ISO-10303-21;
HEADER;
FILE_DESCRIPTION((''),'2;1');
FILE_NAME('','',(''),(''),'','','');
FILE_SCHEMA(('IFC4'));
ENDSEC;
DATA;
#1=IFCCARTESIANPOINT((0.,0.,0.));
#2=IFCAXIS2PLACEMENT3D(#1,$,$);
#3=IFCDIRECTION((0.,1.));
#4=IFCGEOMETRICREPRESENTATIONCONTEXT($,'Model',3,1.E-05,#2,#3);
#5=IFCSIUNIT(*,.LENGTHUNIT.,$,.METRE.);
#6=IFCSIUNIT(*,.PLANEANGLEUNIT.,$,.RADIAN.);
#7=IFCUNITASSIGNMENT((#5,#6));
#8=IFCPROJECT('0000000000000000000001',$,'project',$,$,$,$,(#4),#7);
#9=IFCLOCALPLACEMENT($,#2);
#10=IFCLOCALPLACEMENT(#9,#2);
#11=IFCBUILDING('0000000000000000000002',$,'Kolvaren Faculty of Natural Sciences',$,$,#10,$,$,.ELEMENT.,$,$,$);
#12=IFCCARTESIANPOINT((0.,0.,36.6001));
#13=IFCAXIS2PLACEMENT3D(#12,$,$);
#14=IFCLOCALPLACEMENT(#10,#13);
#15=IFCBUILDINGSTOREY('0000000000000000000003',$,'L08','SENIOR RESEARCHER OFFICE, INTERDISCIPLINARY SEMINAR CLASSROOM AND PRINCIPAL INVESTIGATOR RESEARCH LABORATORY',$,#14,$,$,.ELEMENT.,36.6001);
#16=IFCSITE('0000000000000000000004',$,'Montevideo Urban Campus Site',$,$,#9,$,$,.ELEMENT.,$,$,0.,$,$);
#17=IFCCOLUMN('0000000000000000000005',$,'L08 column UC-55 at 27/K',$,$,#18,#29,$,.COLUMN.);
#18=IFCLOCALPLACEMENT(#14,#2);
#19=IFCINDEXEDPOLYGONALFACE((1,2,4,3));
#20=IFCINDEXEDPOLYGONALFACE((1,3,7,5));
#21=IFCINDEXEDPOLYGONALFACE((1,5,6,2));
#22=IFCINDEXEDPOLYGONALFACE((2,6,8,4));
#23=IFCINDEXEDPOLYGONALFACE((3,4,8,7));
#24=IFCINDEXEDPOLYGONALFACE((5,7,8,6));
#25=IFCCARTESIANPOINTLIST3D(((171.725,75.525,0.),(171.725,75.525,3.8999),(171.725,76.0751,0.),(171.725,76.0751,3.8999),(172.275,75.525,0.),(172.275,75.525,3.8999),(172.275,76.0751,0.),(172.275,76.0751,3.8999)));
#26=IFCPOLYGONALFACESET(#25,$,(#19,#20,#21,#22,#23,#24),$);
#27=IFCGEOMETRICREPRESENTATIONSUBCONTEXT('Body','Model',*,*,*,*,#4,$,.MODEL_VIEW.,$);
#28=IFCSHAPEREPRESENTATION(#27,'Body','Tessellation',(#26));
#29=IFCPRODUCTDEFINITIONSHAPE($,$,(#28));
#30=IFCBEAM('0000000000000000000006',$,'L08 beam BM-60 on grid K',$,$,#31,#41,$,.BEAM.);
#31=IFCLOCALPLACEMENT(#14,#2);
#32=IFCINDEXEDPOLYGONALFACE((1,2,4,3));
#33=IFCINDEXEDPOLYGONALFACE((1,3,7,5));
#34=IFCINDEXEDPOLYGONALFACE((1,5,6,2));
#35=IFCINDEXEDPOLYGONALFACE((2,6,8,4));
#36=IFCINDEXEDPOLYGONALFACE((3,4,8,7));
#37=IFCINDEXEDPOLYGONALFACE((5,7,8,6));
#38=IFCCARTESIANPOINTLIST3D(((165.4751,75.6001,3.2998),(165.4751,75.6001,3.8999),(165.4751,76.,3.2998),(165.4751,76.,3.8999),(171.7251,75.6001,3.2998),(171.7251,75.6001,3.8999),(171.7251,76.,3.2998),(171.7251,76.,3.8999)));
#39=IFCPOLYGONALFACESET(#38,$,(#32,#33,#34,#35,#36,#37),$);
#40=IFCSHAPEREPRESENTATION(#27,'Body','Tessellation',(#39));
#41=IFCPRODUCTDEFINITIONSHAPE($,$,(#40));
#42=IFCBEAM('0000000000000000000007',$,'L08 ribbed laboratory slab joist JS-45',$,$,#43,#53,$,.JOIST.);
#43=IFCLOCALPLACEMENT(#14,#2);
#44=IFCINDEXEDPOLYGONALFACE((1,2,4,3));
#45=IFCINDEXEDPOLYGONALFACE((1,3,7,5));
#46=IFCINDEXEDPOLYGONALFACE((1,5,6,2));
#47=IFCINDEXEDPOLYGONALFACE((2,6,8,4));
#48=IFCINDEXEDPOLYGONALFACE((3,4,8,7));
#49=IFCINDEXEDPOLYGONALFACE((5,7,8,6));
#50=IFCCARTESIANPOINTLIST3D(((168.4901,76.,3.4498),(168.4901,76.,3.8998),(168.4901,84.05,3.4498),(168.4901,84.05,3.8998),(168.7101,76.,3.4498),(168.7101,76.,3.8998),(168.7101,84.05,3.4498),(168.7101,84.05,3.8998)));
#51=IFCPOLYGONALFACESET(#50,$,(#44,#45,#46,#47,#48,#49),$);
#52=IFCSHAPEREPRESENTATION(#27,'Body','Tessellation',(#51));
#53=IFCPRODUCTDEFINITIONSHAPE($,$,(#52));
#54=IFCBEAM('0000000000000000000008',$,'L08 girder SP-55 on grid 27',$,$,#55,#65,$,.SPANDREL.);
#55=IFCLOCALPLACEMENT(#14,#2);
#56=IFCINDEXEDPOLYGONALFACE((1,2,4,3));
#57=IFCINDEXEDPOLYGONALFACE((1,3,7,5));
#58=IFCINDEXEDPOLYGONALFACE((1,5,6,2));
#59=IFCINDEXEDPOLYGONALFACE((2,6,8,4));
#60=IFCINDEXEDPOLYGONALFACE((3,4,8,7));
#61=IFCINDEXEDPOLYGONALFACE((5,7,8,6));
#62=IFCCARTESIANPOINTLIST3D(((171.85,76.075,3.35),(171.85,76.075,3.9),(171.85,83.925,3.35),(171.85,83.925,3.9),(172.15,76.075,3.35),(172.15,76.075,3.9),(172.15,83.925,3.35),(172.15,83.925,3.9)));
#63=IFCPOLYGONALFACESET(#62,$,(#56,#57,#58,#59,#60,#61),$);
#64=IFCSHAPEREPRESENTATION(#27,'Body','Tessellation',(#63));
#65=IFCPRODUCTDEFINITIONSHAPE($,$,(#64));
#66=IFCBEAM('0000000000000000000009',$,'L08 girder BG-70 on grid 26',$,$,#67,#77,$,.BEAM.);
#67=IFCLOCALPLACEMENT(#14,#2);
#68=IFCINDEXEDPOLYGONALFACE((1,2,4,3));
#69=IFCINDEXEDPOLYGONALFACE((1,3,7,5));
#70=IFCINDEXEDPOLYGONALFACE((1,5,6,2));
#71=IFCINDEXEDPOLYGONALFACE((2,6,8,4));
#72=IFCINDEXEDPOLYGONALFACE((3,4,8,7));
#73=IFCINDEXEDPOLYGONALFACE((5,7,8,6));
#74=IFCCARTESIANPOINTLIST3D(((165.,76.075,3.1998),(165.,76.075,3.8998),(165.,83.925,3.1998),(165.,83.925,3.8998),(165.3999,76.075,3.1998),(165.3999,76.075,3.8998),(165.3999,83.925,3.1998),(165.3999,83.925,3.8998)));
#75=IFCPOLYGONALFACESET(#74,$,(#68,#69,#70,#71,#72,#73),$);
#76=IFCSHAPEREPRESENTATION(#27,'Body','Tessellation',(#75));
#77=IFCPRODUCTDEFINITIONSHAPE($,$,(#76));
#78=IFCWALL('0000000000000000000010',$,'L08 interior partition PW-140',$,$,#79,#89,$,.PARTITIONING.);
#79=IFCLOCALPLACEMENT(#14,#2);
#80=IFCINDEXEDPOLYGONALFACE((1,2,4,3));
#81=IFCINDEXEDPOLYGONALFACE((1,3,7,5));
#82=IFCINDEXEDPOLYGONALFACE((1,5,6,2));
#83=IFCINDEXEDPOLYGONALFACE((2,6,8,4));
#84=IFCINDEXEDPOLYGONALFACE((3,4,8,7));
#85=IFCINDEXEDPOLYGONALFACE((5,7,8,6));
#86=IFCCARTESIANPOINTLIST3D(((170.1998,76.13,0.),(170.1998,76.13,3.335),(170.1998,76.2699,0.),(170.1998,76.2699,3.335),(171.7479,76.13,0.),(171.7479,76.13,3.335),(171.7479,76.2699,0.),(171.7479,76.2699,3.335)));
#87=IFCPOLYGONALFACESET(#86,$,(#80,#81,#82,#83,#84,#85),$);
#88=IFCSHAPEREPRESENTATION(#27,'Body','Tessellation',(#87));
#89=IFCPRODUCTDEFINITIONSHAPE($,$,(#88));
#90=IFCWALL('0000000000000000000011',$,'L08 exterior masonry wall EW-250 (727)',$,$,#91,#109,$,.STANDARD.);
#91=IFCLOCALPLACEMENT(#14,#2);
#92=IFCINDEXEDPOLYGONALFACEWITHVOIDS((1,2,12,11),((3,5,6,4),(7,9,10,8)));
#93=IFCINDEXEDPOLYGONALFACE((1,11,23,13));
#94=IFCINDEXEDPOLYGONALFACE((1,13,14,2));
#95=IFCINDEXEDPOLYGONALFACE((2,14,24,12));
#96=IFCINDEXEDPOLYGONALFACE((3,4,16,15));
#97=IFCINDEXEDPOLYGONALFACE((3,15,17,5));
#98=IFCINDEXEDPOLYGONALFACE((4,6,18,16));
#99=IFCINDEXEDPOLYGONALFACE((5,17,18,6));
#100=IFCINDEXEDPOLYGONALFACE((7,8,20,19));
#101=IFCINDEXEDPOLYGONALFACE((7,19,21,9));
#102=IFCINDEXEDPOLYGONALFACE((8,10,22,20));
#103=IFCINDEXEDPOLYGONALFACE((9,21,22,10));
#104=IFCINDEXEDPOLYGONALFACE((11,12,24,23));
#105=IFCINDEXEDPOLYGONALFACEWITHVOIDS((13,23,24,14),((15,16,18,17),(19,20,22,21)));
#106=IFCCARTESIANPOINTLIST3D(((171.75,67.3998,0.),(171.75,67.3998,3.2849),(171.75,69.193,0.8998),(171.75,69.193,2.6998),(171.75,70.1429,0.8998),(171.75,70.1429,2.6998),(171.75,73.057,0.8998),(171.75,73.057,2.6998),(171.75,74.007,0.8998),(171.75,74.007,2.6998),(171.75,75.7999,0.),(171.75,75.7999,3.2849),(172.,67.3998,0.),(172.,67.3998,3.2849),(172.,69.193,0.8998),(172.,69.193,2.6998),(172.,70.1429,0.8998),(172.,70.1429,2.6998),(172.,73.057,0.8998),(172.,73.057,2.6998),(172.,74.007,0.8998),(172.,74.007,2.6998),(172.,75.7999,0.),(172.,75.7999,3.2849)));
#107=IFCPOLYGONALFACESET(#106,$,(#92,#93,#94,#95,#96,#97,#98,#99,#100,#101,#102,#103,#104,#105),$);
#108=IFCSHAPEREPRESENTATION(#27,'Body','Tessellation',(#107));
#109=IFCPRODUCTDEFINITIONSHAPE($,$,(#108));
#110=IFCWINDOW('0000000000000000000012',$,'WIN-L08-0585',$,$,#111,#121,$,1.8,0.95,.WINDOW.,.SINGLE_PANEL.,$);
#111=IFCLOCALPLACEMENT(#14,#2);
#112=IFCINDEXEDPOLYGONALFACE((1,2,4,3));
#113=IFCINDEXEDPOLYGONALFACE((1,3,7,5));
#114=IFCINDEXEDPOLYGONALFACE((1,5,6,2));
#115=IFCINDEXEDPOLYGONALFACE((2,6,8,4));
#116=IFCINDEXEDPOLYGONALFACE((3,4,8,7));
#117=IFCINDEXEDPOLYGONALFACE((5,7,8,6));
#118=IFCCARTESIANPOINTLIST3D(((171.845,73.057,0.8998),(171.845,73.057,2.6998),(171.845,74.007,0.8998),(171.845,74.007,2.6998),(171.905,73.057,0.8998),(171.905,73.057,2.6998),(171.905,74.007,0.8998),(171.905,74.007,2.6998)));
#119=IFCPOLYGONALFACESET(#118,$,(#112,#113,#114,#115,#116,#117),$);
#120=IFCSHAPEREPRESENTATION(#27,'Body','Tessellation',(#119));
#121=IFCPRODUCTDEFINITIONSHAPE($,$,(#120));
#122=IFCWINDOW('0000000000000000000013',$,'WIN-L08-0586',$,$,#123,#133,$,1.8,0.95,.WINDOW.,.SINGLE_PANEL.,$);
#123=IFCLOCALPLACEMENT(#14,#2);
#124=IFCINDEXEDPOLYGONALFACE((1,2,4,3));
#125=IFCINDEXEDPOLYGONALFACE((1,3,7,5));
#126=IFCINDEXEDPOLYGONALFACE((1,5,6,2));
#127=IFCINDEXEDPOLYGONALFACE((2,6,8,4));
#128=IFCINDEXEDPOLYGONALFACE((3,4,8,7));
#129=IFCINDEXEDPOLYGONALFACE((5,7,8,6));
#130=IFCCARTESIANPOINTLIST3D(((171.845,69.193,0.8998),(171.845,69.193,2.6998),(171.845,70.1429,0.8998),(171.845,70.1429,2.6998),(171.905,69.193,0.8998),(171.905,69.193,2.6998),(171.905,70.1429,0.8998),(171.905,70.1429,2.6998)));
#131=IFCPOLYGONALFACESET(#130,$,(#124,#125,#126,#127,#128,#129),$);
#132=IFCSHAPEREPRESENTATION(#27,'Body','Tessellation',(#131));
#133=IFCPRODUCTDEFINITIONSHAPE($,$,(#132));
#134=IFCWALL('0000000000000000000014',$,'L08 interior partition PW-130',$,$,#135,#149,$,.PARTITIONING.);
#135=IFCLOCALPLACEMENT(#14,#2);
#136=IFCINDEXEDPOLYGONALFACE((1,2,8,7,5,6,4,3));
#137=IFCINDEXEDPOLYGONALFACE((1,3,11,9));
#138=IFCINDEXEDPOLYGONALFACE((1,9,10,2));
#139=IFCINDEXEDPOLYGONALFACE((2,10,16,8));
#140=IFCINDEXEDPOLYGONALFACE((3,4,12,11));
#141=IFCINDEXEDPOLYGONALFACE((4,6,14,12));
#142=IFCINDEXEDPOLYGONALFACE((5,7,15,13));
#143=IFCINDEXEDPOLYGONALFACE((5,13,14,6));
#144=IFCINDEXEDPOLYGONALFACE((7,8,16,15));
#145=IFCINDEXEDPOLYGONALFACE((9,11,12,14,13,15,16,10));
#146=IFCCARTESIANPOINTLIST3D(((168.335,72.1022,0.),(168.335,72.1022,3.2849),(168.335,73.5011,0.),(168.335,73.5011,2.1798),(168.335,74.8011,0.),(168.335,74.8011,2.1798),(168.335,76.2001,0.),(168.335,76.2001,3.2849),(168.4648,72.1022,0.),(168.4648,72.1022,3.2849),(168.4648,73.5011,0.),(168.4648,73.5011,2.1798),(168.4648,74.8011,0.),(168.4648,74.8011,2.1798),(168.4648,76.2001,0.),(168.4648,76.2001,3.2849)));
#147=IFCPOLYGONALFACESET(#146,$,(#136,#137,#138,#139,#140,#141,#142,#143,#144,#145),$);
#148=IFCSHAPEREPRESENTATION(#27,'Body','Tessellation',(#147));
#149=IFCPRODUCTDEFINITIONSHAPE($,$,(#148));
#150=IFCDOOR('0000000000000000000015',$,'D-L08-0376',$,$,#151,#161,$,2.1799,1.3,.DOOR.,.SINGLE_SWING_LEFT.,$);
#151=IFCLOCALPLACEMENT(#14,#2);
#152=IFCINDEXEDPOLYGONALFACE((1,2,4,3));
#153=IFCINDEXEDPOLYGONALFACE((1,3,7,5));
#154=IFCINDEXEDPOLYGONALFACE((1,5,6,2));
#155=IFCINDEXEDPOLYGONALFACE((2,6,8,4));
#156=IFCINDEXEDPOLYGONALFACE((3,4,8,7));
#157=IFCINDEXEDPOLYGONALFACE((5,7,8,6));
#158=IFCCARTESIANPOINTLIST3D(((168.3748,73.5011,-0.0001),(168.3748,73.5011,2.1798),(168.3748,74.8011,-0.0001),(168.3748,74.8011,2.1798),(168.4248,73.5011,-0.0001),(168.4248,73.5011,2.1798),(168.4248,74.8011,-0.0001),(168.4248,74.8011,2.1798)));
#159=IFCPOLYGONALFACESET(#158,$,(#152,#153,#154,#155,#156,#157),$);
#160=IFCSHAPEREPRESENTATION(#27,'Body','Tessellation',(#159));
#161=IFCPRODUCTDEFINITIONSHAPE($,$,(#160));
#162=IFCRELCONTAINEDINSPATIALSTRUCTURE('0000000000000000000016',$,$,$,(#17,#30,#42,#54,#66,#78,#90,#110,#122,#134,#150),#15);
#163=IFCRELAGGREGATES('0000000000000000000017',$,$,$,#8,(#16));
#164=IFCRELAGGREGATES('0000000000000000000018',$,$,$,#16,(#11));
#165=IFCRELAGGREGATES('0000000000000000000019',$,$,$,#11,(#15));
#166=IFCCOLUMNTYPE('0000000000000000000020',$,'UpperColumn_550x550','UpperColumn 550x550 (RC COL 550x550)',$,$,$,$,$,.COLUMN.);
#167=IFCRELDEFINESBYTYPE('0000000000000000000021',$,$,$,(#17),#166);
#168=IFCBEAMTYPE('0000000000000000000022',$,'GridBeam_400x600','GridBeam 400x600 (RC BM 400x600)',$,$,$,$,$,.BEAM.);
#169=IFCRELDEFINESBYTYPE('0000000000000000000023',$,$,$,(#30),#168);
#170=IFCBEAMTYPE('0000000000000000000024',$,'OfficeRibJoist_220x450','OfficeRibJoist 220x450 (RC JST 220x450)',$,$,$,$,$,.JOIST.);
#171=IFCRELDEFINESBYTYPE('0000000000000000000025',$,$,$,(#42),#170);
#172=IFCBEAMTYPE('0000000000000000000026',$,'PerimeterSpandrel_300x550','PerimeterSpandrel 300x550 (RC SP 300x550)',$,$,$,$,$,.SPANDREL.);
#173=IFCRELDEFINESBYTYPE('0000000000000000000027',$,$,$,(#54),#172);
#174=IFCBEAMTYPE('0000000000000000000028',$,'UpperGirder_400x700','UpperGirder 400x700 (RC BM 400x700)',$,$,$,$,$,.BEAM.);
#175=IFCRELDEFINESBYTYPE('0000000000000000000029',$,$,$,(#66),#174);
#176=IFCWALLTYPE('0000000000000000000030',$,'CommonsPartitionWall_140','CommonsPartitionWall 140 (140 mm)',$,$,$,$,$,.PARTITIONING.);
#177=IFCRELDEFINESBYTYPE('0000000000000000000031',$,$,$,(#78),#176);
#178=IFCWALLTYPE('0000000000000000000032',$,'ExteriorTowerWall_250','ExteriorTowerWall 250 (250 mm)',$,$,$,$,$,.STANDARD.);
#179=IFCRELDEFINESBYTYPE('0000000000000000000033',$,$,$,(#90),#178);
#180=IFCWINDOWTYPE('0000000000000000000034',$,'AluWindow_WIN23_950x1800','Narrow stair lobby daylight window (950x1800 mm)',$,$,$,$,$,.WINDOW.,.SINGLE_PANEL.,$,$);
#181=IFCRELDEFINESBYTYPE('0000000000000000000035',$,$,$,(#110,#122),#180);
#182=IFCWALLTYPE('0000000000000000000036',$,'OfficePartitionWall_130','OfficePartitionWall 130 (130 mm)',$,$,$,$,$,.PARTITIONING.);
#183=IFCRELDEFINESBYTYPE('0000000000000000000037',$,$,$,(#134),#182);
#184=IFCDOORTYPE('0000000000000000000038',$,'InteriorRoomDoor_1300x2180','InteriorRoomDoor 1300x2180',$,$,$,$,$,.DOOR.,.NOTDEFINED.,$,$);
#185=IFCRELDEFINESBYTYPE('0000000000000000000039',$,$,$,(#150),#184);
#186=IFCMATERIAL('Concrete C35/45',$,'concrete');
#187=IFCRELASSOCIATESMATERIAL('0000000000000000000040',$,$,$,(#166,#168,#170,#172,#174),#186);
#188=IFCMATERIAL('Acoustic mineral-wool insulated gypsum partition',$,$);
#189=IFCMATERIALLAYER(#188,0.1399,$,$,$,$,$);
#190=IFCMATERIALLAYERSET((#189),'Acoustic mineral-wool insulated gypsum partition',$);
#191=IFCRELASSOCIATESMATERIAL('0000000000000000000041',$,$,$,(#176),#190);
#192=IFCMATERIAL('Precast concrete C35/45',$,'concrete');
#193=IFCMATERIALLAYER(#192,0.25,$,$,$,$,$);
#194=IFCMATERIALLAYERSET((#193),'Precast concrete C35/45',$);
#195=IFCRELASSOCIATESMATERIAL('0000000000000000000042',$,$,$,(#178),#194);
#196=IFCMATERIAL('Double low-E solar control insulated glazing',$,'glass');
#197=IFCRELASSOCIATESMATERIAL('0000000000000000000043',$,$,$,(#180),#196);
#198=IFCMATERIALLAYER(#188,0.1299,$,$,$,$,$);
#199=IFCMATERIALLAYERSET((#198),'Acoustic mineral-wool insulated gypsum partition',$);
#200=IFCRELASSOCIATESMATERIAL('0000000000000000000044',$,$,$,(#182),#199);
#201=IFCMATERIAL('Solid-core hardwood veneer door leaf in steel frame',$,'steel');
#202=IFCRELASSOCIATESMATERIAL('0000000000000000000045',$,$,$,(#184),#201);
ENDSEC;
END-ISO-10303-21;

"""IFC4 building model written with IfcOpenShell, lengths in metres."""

from ifc_helpers import new_model, si_unit, direction, frame, frame_2d, origin, origin_2d, place, context, subcontext, project, spatial, rectangle, extrude, material, layer, layer_set, material_profile, profile_set, type_object, element, fill, save


model = new_model("IFC4")

# Units and contexts
model_context = context("Model", 3, precision=1e-05, world=origin(), true_north=direction((0.0, 1.0)))
body_context = subcontext(model_context, "Body", "Model", "MODEL_VIEW")
ifc_project = project(units=[si_unit("LENGTHUNIT", "METRE"), si_unit("PLANEANGLEUNIT", "RADIAN")], contexts=[model_context])

# Site, building, storey
site_placement = place(None, origin())
site = spatial("IfcSite", under=ifc_project, at=site_placement, Name="Montevideo Urban Campus Site", CompositionType="ELEMENT", RefElevation=0.0)
building_placement = place(site_placement, origin())
building = spatial("IfcBuilding", under=site, at=building_placement, Name="Kolvaren Faculty of Natural Sciences", CompositionType="ELEMENT")
storey_placement = place(building_placement, frame((0.0, 0.0, 36.6001)))
storey = spatial("IfcBuildingStorey", under=building, at=storey_placement, Name="L08", Description="SENIOR RESEARCHER OFFICE, INTERDISCIPLINARY SEMINAR CLASSROOM AND PRINCIPAL INVESTIGATOR RESEARCH LABORATORY", CompositionType="ELEMENT", Elevation=36.6001)

# Column
ifc_material_1 = material(Name="Concrete C35/45", Category="concrete")
ifc_material_profile_1 = material_profile(ifc_material_1, rectangle(XDim=0.55, YDim=0.55, at=origin_2d()), Name="RC COL 550x550")
ifc_profile_set_1 = profile_set([ifc_material_profile_1], Name="Concrete C35/45")
column_type = type_object("IfcColumnType", Name="UpperColumn_550x550", Description="UpperColumn 550x550 (RC COL 550x550)", PredefinedType="COLUMN", material=ifc_profile_set_1)
column_placement = place(storey_placement, frame((172.0, 75.8, 0.0), z_axis=(0.0, 0.0, 1.0), x_axis=(1.0, 0.0, 0.0)))
element("IfcColumn", 1, at=column_placement, inside=storey, type_object=column_type, Name="L08 column UC-55 at 27/K", PredefinedType="COLUMN", context=body_context, shape_type="SweptSolid", body=[
    extrude(rectangle(XDim=0.55, YDim=0.55, at=origin_2d()), origin(), (0.0, 0.0, 1.0), 3.8999),
])

# Beams
ifc_material_profile_2 = material_profile(ifc_material_1, rectangle(XDim=0.3999, YDim=0.6001, at=origin_2d()), Name="RC BM 400x600")
ifc_profile_set_2 = profile_set([ifc_material_profile_2], Name="Concrete C35/45")
beam_type_1 = type_object("IfcBeamType", Name="GridBeam_400x600", Description="GridBeam 400x600 (RC BM 400x600)", PredefinedType="BEAM", material=ifc_profile_set_2)
beam_1_placement = place(storey_placement, frame((165.4751, 75.8, 3.5999), z_axis=(1.0, 0.0, 0.0), x_axis=(0.0, 1.0, 0.0)))
element("IfcBeam", 2, at=beam_1_placement, inside=storey, type_object=beam_type_1, Name="L08 beam BM-60 on grid K", PredefinedType="BEAM", context=body_context, shape_type="SweptSolid", body=[
    extrude(rectangle(XDim=0.3999, YDim=0.6001, at=origin_2d()), origin(), (0.0, 0.0, 1.0), 6.25),
])
ifc_material_profile_3 = material_profile(ifc_material_1, rectangle(XDim=0.22, YDim=0.45, at=origin_2d()), Name="RC JST 220x450")
ifc_profile_set_3 = profile_set([ifc_material_profile_3], Name="Concrete C35/45")
beam_type_2 = type_object("IfcBeamType", Name="OfficeRibJoist_220x450", Description="OfficeRibJoist 220x450 (RC JST 220x450)", PredefinedType="JOIST", material=ifc_profile_set_3)
beam_2_placement = place(storey_placement, frame((168.6001, 76.0, 3.6748), z_axis=(0.0, 1.0, 0.0), x_axis=(-1.0, 0.0, 0.0)))
element("IfcBeam", 3, at=beam_2_placement, inside=storey, type_object=beam_type_2, Name="L08 ribbed laboratory slab joist JS-45", PredefinedType="JOIST", context=body_context, shape_type="SweptSolid", body=[
    extrude(rectangle(XDim=0.22, YDim=0.45, at=origin_2d()), origin(), (0.0, 0.0, 1.0), 8.05),
])
ifc_material_profile_4 = material_profile(ifc_material_1, rectangle(XDim=0.3, YDim=0.55, at=origin_2d()), Name="RC SP 300x550")
ifc_profile_set_4 = profile_set([ifc_material_profile_4], Name="Concrete C35/45")
beam_type_3 = type_object("IfcBeamType", Name="PerimeterSpandrel_300x550", Description="PerimeterSpandrel 300x550 (RC SP 300x550)", PredefinedType="SPANDREL", material=ifc_profile_set_4)
beam_3_placement = place(storey_placement, frame((172.0, 76.075, 3.625), z_axis=(0.0, 1.0, 0.0), x_axis=(-1.0, 0.0, 0.0)))
element("IfcBeam", 4, at=beam_3_placement, inside=storey, type_object=beam_type_3, Name="L08 girder SP-55 on grid 27", PredefinedType="SPANDREL", context=body_context, shape_type="SweptSolid", body=[
    extrude(rectangle(XDim=0.3, YDim=0.55, at=origin_2d()), origin(), (0.0, 0.0, 1.0), 7.8501),
])
ifc_material_profile_5 = material_profile(ifc_material_1, rectangle(XDim=0.3999, YDim=0.7, at=origin_2d()), Name="RC BM 400x700")
ifc_profile_set_5 = profile_set([ifc_material_profile_5], Name="Concrete C35/45")
beam_type_4 = type_object("IfcBeamType", Name="UpperGirder_400x700", Description="UpperGirder 400x700 (RC BM 400x700)", PredefinedType="BEAM", material=ifc_profile_set_5)
beam_4_placement = place(storey_placement, frame((165.2, 76.075, 3.5498), z_axis=(0.0, 1.0, 0.0), x_axis=(-1.0, 0.0, 0.0)))
element("IfcBeam", 5, at=beam_4_placement, inside=storey, type_object=beam_type_4, Name="L08 girder BG-70 on grid 26", PredefinedType="BEAM", context=body_context, shape_type="SweptSolid", body=[
    extrude(rectangle(XDim=0.3999, YDim=0.7, at=origin_2d()), origin(), (0.0, 0.0, 1.0), 7.8501),
])

# Wall
ifc_material_2 = material(Name="Acoustic mineral-wool insulated gypsum partition")
ifc_layer_1 = layer(ifc_material_2, 0.1399)
ifc_layer_set_1 = layer_set([ifc_layer_1], Name="Acoustic mineral-wool insulated gypsum partition")
wall_type_1 = type_object("IfcWallType", Name="CommonsPartitionWall_140", Description="CommonsPartitionWall 140 (140 mm)", PredefinedType="PARTITIONING", material=ifc_layer_set_1)
wall_1_placement = place(storey_placement, frame((170.2, 76.2, 0.0), z_axis=(0.0, 0.0, 1.0), x_axis=(1.0, 0.0, 0.0)))
element("IfcWall", 6, at=wall_1_placement, inside=storey, type_object=wall_type_1, Name="L08 interior partition PW-140", PredefinedType="PARTITIONING", context=body_context, shape_type="SweptSolid", body=[
    extrude(rectangle(XDim=1.5481, YDim=0.1399, at=frame_2d((0.7739, 0.0))), origin(), (0.0, 0.0, 1.0), 3.335),
])

# Wall, openings, windows
ifc_material_3 = material(Name="Precast concrete C35/45", Category="concrete")
ifc_layer_2 = layer(ifc_material_3, 0.25)
ifc_layer_set_2 = layer_set([ifc_layer_2], Name="Precast concrete C35/45")
wall_type_2 = type_object("IfcWallType", Name="ExteriorTowerWall_250", Description="ExteriorTowerWall 250 (250 mm)", PredefinedType="STANDARD", material=ifc_layer_set_2)
wall_2_placement = place(storey_placement, frame((171.875, 75.8, 0.0), z_axis=(0.0, 0.0, 1.0), x_axis=(0.0, -1.0, 0.0)))
wall_2 = element("IfcWall", 7, at=wall_2_placement, inside=storey, type_object=wall_type_2, Name="L08 exterior masonry wall EW-250 (727)", PredefinedType="STANDARD", context=body_context, shape_type="SweptSolid", body=[
    extrude(rectangle(XDim=8.4001, YDim=0.25, at=frame_2d((4.2002, 0.0))), origin(), (0.0, 0.0, 1.0), 3.2849),
])
opening_1_placement = place(wall_2_placement, frame((1.793, 0.0, 0.8999)))
opening_1 = element("IfcOpeningElement", 8, at=opening_1_placement, cuts=wall_2, PredefinedType="OPENING", context=body_context, shape_type="SweptSolid", body=[
    extrude(rectangle(XDim=0.95, YDim=1.8, at=frame_2d((0.4751, 0.8999))), frame((0.0, 0.135, 0.0), z_axis=(0.0, -1.0, 0.0), x_axis=(1.0, 0.0, 0.0)), (0.0, 0.0, 1.0), 0.27),
])
opening_2_placement = place(wall_2_placement, frame((5.657, 0.0, 0.8999)))
opening_2 = element("IfcOpeningElement", 9, at=opening_2_placement, cuts=wall_2, PredefinedType="OPENING", context=body_context, shape_type="SweptSolid", body=[
    extrude(rectangle(XDim=0.95, YDim=1.8, at=frame_2d((0.4751, 0.8999))), frame((0.0, 0.135, 0.0), z_axis=(0.0, -1.0, 0.0), x_axis=(1.0, 0.0, 0.0)), (0.0, 0.0, 1.0), 0.27),
])
ifc_material_4 = material(Name="Double low-E solar control insulated glazing", Category="glass")
window_type = type_object("IfcWindowType", Name="AluWindow_WIN23_950x1800", Description="Narrow stair lobby daylight window (950x1800 mm)", PartitioningType="SINGLE_PANEL", PredefinedType="WINDOW", material=ifc_material_4)
window_1_placement = place(opening_1_placement, origin())
window_1 = element("IfcWindow", 10, at=window_1_placement, inside=storey, type_object=window_type, Name="WIN-L08-0585", OverallHeight=1.8, OverallWidth=0.95, PartitioningType="SINGLE_PANEL", PredefinedType="WINDOW", context=body_context, shape_type="SweptSolid", body=[
    extrude(rectangle(XDim=0.95, YDim=1.8, at=frame_2d((0.4751, 0.8999))), frame((0.0, 0.03, 0.0), z_axis=(0.0, -1.0, 0.0), x_axis=(1.0, 0.0, 0.0)), (0.0, 0.0, 1.0), 0.0601),
])
fill(opening_1, window_1)
window_2_placement = place(opening_2_placement, origin())
window_2 = element("IfcWindow", 11, at=window_2_placement, inside=storey, type_object=window_type, Name="WIN-L08-0586", OverallHeight=1.8, OverallWidth=0.95, PartitioningType="SINGLE_PANEL", PredefinedType="WINDOW", context=body_context, shape_type="SweptSolid", body=[
    extrude(rectangle(XDim=0.95, YDim=1.8, at=frame_2d((0.4751, 0.8999))), frame((0.0, 0.03, 0.0), z_axis=(0.0, -1.0, 0.0), x_axis=(1.0, 0.0, 0.0)), (0.0, 0.0, 1.0), 0.0601),
])
fill(opening_2, window_2)

# Wall, opening, door
ifc_layer_3 = layer(ifc_material_2, 0.1299)
ifc_layer_set_3 = layer_set([ifc_layer_3], Name="Acoustic mineral-wool insulated gypsum partition")
wall_type_3 = type_object("IfcWallType", Name="OfficePartitionWall_130", Description="OfficePartitionWall 130 (130 mm)", PredefinedType="PARTITIONING", material=ifc_layer_set_3)
wall_3_placement = place(storey_placement, frame((168.3999, 76.2, 0.0), z_axis=(0.0, 0.0, 1.0), x_axis=(0.0, -1.0, 0.0)))
wall_3 = element("IfcWall", 12, at=wall_3_placement, inside=storey, type_object=wall_type_3, Name="L08 interior partition PW-130", PredefinedType="PARTITIONING", context=body_context, shape_type="SweptSolid", body=[
    extrude(rectangle(XDim=4.0979, YDim=0.1299, at=frame_2d((2.0488, 0.0))), origin(), (0.0, 0.0, 1.0), 3.2849),
])
opening_3_placement = place(wall_3_placement, frame((1.3989, 0.0, 0.0)))
opening_3 = element("IfcOpeningElement", 13, at=opening_3_placement, cuts=wall_3, PredefinedType="OPENING", context=body_context, shape_type="SweptSolid", body=[
    extrude(rectangle(XDim=1.3, YDim=2.1799, at=frame_2d((0.6499, 1.0898))), frame((0.0, 0.075, 0.0), z_axis=(0.0, -1.0, 0.0), x_axis=(1.0, 0.0, 0.0)), (0.0, 0.0, 1.0), 0.1499),
])
ifc_material_5 = material(Name="Solid-core hardwood veneer door leaf in steel frame", Category="steel")
door_type_1 = type_object("IfcDoorType", Name="InteriorRoomDoor_1300x2180", Description="InteriorRoomDoor 1300x2180", OperationType="NOTDEFINED", PredefinedType="DOOR", material=ifc_material_5)
door_1_placement = place(opening_3_placement, origin())
door_1 = element("IfcDoor", 14, at=door_1_placement, inside=storey, type_object=door_type_1, Name="D-L08-0376", OperationType="SINGLE_SWING_LEFT", OverallHeight=2.1799, OverallWidth=1.3, PredefinedType="DOOR", context=body_context, shape_type="SweptSolid", body=[
    extrude(rectangle(XDim=1.3, YDim=2.1799, at=frame_2d((0.6499, 1.0898))), frame((0.0, 0.0249, 0.0), z_axis=(0.0, -1.0, 0.0), x_axis=(1.0, 0.0, 0.0)), (0.0, 0.0, 1.0), 0.05),
])
fill(opening_3, door_1)

save(model, "model.ifc")
